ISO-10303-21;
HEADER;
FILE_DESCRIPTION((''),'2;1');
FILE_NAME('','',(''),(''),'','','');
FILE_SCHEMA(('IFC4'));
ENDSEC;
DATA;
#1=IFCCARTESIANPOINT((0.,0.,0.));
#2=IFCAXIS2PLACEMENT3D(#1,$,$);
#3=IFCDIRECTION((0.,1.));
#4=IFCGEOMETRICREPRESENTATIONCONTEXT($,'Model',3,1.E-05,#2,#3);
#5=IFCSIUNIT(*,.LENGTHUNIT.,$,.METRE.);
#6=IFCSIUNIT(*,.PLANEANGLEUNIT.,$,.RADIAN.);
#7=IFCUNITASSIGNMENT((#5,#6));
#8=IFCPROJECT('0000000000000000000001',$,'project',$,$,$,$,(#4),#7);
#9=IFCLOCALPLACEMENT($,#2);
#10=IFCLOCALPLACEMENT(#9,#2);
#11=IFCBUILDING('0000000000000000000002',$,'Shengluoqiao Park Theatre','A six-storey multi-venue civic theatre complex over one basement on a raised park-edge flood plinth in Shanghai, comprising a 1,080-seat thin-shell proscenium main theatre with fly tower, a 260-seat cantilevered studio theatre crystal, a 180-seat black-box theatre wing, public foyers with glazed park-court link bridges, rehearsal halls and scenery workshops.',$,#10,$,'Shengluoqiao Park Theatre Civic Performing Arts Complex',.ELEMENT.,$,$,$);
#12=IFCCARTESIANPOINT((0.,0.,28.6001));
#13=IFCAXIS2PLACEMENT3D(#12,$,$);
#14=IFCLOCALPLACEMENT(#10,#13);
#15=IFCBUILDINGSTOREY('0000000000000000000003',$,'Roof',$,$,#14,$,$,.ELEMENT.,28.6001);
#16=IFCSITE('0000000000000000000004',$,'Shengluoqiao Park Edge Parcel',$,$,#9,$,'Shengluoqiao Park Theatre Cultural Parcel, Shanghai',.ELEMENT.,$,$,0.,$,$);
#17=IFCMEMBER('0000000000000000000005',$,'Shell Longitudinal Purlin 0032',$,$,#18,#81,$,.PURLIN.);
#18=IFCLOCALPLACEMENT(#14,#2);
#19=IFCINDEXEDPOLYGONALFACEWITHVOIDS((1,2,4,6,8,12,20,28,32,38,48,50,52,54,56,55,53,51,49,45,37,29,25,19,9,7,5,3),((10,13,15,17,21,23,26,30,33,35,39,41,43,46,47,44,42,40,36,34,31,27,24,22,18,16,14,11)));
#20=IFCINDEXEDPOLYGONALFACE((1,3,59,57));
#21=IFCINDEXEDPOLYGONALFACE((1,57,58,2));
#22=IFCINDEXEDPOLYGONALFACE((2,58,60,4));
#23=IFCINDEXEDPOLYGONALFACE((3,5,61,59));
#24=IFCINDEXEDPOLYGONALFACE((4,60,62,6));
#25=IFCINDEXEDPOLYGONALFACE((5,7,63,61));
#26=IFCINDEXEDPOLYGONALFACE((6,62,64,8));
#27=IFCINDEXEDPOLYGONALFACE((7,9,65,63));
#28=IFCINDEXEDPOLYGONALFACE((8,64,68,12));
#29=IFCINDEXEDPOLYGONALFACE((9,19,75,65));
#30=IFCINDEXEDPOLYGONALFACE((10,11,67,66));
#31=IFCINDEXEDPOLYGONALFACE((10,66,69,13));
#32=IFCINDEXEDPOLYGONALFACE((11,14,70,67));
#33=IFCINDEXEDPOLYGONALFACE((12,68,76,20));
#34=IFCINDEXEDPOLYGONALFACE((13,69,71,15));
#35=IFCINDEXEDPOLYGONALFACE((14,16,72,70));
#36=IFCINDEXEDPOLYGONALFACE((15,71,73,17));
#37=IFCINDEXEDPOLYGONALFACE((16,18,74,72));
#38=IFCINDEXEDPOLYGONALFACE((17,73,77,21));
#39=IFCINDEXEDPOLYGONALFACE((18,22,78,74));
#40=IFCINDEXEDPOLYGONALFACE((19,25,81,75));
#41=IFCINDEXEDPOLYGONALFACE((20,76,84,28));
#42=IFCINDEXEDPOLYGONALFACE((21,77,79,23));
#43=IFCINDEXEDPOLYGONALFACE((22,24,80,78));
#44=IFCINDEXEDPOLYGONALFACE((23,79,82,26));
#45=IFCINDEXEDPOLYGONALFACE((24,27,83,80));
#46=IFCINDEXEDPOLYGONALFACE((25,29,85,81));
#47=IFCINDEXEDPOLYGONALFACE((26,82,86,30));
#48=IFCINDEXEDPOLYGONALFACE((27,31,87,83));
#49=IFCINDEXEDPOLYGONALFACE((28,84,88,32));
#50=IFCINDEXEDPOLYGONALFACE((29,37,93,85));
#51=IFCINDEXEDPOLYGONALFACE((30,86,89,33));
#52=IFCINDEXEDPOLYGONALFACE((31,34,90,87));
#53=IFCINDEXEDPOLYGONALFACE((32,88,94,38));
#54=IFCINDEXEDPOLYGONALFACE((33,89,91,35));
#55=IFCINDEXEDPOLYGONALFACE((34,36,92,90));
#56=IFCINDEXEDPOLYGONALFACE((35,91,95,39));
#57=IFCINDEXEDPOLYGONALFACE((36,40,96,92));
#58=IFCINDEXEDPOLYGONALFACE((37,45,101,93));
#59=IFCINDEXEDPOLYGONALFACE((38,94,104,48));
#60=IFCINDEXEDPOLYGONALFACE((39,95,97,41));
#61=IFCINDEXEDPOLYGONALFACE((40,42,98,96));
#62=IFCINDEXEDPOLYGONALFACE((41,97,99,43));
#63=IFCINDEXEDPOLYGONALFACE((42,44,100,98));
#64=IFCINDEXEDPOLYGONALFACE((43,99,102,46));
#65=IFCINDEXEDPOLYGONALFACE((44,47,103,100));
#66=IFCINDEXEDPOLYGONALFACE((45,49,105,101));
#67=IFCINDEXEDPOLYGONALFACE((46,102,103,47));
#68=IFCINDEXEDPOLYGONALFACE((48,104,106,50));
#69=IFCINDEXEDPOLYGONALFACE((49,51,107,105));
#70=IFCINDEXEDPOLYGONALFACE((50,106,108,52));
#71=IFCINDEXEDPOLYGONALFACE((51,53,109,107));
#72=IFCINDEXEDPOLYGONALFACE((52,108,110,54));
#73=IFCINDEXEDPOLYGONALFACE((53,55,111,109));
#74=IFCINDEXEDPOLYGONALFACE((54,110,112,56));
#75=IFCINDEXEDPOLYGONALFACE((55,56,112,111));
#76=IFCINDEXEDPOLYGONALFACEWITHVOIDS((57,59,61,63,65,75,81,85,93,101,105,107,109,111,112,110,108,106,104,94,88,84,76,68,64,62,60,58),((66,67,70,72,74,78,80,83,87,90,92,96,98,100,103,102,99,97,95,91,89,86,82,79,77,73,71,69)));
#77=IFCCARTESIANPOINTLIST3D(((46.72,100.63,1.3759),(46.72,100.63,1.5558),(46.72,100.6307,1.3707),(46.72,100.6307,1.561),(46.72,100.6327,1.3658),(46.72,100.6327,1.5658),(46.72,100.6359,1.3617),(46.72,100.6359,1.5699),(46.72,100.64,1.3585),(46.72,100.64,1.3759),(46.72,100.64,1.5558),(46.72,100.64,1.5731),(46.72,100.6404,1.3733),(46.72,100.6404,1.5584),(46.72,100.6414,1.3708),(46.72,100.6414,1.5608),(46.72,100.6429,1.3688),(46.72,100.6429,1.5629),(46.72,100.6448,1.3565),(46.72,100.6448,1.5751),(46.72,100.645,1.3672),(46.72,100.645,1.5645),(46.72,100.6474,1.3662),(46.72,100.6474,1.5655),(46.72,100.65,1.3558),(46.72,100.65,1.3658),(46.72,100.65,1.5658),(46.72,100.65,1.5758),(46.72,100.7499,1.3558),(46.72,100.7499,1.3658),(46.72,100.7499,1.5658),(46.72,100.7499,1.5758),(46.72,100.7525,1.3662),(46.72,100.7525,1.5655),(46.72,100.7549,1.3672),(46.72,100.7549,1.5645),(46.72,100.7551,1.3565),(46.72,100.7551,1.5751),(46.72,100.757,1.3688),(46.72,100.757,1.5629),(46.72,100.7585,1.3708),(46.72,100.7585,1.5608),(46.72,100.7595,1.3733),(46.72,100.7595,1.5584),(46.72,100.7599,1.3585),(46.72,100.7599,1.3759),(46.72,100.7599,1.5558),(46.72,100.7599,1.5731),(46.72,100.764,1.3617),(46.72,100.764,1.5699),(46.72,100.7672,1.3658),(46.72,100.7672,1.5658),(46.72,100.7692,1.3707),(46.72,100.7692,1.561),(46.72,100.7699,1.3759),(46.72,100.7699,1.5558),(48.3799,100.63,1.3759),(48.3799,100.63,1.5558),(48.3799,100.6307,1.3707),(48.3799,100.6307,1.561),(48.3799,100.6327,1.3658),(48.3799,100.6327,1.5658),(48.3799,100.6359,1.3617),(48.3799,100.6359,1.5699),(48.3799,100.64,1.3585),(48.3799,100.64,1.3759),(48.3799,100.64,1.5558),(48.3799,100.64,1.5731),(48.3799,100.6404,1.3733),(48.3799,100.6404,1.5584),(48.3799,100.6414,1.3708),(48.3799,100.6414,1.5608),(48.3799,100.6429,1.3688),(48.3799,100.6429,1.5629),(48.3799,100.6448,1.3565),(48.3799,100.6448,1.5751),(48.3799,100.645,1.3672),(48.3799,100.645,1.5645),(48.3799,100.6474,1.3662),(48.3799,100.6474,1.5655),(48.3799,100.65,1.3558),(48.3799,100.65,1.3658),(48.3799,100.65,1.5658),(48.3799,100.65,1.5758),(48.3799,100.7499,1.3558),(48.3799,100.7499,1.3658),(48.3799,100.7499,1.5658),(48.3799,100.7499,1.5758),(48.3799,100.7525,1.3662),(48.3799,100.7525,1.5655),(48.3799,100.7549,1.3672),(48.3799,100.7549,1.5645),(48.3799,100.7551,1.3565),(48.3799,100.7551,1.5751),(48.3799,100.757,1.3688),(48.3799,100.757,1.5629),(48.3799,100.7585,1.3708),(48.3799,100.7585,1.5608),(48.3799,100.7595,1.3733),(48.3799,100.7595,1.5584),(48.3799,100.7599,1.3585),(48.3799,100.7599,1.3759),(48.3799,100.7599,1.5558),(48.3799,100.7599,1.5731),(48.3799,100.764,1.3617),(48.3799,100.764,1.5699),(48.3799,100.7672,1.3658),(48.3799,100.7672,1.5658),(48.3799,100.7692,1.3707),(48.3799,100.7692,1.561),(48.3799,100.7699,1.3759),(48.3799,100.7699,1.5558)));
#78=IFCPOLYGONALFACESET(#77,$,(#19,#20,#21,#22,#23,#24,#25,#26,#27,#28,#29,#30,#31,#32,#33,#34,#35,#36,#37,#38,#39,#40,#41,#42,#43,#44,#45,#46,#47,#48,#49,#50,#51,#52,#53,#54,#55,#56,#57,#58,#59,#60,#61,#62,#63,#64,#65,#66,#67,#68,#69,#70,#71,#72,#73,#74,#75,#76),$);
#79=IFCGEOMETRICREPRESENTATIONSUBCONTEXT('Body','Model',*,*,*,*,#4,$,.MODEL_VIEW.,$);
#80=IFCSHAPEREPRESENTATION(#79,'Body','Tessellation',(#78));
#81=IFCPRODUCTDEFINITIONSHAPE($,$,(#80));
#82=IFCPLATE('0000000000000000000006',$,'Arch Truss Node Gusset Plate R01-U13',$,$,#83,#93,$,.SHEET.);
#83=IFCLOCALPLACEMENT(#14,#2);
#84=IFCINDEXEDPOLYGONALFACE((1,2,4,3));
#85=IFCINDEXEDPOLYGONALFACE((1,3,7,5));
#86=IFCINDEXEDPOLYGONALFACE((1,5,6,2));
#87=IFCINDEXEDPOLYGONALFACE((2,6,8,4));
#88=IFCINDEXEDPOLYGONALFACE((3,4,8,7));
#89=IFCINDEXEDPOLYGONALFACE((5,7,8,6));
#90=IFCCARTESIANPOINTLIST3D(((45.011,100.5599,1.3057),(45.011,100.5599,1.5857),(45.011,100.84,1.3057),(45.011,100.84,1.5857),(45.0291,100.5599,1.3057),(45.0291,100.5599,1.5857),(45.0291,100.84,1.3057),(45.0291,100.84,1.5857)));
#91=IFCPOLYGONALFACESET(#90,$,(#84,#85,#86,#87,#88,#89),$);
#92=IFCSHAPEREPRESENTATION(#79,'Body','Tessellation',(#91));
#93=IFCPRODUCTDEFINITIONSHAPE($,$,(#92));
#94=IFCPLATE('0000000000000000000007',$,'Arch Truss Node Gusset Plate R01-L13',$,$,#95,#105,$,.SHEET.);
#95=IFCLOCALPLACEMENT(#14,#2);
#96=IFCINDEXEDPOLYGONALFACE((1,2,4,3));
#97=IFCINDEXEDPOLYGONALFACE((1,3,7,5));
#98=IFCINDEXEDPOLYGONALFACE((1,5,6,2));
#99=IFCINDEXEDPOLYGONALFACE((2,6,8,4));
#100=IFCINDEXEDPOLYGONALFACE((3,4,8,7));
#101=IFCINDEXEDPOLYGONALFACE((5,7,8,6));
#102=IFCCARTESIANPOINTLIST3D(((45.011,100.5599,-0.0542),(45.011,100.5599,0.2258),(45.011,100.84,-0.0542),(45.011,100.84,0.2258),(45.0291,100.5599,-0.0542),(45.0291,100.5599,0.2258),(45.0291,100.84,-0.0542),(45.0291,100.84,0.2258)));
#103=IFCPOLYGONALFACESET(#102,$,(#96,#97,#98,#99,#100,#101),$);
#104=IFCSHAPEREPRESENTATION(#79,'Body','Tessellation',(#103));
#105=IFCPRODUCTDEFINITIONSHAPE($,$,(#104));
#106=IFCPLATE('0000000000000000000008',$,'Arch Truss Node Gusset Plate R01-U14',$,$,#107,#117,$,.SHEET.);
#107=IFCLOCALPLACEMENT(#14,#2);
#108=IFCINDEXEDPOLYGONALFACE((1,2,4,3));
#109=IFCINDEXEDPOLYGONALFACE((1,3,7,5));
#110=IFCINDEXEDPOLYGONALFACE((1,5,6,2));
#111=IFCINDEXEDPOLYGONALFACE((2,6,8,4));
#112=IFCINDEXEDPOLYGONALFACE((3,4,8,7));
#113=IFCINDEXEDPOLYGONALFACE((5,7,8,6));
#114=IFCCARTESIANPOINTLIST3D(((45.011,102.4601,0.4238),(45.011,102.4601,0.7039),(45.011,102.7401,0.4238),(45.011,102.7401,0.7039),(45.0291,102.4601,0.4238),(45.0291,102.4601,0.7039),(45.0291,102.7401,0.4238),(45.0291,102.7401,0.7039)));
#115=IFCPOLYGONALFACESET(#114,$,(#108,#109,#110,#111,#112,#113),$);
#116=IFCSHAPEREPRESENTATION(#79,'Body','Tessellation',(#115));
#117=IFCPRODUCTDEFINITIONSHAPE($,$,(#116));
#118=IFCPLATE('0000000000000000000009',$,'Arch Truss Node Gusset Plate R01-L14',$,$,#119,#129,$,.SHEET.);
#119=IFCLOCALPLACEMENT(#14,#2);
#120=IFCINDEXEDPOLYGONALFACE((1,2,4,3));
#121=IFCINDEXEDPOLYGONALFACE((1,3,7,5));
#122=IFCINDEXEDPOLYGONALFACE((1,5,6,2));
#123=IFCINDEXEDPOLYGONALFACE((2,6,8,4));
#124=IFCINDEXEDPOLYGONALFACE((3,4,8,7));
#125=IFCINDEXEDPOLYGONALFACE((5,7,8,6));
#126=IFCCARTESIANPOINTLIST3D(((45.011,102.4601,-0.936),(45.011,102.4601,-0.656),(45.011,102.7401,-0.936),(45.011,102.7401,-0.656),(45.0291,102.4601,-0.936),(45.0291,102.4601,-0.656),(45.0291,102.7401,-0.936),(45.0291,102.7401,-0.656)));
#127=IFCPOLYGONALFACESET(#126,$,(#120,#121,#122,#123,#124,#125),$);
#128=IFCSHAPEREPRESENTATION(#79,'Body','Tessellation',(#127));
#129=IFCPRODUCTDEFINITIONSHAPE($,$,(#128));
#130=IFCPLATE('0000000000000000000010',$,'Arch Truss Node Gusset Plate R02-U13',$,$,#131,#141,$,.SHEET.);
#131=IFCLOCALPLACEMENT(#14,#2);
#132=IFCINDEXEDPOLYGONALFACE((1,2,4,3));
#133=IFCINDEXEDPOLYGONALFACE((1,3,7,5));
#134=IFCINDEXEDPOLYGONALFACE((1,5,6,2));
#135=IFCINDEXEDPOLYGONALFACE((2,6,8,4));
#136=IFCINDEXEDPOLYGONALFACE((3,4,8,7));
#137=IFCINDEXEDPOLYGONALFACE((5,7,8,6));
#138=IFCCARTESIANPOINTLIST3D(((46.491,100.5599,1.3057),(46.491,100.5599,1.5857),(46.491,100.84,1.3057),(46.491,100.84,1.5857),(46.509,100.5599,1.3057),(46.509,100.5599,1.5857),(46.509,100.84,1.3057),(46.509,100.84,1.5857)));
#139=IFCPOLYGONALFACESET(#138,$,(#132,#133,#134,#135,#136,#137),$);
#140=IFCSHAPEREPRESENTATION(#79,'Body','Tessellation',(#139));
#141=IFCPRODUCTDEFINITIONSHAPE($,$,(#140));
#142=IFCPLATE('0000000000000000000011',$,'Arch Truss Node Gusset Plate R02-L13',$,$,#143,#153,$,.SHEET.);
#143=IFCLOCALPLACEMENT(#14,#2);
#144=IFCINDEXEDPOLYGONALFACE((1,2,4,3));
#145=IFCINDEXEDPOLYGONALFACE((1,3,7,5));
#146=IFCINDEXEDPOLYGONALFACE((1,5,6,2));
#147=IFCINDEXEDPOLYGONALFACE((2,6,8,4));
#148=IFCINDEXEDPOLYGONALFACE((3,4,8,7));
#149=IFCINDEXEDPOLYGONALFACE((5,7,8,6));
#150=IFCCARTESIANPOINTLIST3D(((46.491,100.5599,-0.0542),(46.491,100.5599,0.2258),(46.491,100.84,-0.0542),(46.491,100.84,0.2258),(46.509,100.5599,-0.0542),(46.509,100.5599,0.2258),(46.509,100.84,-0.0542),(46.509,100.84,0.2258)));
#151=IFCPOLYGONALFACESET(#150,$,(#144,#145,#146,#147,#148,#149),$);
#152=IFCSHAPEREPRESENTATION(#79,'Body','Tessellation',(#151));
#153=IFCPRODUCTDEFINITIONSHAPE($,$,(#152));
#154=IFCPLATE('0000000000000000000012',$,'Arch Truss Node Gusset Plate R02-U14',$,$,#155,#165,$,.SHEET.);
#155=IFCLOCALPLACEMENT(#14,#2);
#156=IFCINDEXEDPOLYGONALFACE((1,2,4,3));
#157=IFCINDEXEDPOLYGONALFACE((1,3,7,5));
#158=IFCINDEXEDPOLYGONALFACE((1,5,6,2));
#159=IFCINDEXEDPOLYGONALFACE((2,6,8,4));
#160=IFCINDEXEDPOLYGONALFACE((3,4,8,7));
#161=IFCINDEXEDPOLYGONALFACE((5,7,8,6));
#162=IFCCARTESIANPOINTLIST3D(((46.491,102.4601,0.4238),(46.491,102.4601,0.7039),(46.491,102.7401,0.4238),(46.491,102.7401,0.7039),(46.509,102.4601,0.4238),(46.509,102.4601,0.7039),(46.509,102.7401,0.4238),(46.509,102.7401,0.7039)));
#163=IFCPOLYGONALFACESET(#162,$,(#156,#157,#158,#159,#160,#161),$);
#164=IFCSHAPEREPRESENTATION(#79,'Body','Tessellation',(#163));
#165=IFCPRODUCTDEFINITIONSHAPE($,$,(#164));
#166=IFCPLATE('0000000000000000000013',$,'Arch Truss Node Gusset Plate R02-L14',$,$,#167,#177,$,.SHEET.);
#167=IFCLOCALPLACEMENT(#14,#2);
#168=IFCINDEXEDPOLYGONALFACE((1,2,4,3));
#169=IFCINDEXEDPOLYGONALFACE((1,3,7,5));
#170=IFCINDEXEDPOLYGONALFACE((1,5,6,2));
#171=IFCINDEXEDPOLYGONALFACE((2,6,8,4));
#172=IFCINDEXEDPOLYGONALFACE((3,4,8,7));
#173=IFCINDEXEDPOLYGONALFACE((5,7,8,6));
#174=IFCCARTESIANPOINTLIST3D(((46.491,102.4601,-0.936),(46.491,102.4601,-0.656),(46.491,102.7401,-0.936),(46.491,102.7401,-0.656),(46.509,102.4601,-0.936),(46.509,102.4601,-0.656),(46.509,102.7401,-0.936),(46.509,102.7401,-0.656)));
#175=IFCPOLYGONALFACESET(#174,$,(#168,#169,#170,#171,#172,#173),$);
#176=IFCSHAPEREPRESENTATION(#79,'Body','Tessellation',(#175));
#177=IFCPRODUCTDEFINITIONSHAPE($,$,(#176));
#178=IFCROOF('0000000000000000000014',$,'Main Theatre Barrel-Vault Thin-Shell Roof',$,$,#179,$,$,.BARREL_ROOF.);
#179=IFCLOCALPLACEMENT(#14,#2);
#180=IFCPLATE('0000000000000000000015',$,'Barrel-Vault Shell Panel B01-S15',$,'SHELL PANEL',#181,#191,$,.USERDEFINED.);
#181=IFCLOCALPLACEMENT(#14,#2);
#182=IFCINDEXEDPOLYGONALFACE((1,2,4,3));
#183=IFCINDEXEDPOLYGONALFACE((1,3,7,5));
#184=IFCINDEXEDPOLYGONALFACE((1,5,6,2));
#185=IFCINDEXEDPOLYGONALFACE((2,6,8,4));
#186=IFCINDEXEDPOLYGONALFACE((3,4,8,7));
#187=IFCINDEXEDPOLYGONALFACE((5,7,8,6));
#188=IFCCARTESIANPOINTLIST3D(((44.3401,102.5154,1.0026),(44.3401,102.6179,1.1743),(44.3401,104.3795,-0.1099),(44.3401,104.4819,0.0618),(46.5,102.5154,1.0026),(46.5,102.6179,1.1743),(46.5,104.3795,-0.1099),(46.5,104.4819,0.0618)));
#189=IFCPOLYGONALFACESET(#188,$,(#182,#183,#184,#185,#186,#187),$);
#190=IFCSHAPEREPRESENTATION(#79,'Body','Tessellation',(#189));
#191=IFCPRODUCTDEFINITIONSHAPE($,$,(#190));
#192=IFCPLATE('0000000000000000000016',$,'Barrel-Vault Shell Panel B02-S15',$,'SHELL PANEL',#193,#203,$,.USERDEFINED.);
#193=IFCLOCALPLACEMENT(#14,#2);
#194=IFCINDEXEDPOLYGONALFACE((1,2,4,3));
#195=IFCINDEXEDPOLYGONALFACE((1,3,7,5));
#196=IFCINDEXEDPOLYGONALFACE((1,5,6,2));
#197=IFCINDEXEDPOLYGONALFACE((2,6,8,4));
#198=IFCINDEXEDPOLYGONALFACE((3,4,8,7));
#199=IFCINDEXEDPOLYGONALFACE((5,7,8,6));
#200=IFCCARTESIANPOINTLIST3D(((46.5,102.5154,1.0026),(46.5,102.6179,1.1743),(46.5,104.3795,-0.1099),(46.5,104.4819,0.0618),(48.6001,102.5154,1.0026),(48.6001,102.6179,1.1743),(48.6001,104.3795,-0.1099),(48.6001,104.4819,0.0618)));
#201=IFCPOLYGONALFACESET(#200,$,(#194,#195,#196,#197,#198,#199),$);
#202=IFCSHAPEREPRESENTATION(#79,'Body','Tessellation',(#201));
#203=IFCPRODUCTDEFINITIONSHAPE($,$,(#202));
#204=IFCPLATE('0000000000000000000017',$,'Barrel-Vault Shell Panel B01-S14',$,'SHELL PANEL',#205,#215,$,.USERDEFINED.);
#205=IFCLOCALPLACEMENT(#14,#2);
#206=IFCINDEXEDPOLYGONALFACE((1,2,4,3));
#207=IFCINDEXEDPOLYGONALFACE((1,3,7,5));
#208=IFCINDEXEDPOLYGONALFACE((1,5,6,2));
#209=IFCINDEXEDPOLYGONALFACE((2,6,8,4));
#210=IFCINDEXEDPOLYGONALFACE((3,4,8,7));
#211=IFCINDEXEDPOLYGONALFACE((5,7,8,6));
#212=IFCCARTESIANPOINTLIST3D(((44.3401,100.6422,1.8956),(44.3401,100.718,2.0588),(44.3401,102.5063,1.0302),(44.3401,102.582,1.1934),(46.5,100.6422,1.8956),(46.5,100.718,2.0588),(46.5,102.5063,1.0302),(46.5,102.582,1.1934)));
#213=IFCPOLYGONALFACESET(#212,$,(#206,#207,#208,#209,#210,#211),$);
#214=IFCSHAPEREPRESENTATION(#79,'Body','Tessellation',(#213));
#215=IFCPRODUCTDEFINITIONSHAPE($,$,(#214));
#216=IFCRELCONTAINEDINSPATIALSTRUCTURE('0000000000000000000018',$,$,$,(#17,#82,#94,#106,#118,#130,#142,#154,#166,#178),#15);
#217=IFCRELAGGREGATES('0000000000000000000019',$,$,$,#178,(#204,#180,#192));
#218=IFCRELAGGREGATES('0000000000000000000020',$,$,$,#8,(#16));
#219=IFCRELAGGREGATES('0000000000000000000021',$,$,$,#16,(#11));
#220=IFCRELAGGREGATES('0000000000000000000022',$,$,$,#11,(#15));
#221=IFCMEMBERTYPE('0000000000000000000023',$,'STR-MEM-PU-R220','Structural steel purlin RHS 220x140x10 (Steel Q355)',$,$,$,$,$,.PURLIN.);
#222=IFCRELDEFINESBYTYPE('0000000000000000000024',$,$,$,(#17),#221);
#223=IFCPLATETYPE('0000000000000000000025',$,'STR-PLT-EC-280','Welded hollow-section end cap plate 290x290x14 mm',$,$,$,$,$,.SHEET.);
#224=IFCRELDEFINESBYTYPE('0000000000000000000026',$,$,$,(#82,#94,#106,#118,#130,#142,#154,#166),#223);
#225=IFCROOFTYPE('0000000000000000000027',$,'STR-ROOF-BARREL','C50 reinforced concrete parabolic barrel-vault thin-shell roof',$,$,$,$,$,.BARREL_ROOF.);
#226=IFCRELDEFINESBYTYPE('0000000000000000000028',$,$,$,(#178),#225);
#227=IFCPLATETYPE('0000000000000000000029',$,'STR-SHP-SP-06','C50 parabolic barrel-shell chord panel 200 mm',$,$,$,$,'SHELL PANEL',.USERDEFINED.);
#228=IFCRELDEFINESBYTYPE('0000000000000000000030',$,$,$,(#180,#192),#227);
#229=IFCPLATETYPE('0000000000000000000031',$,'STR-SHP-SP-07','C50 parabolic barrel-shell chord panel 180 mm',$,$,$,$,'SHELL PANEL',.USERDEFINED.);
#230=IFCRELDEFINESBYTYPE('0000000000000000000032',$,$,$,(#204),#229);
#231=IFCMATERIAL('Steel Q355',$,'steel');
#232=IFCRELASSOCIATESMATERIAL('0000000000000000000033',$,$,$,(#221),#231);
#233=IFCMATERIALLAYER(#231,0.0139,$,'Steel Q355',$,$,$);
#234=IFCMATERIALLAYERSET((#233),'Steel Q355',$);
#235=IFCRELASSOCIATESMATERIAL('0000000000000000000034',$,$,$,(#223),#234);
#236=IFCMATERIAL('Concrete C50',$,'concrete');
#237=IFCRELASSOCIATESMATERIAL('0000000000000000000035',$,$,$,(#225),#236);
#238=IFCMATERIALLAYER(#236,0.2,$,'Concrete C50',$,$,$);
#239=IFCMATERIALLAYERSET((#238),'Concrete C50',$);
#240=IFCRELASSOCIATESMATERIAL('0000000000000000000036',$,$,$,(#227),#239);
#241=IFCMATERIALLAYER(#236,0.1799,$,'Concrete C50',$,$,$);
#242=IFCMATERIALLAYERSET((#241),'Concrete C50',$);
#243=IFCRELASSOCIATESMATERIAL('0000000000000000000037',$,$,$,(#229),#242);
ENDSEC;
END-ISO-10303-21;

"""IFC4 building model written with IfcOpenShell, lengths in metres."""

from ifc_helpers import new_model, si_unit, direction, frame, origin, origin_2d, place, context, subcontext, project, spatial, polyline, rectangle, hollow_rectangle, outline, extrude, material, layer, layer_set, material_profile, profile_set, type_object, element, aggregate, save


model = new_model("IFC4")

# Units and contexts
model_context = context("Model", 3, precision=1e-05, world=origin(), true_north=direction((0.0, 1.0)))
body_context = subcontext(model_context, "Body", "Model", "MODEL_VIEW")
ifc_project = project(units=[si_unit("LENGTHUNIT", "METRE"), si_unit("PLANEANGLEUNIT", "RADIAN")], contexts=[model_context])

# Site, building, storey
site_placement = place(None, origin())
site = spatial("IfcSite", under=ifc_project, at=site_placement, Name="Shengluoqiao Park Edge Parcel", LongName="Shengluoqiao Park Theatre Cultural Parcel, Shanghai", CompositionType="ELEMENT", RefElevation=0.0)
building_placement = place(site_placement, origin())
building = spatial("IfcBuilding", under=site, at=building_placement, Name="Shengluoqiao Park Theatre", Description="A six-storey multi-venue civic theatre complex over one basement on a raised park-edge flood plinth in Shanghai, comprising a 1,080-seat thin-shell proscenium main theatre with fly tower, a 260-seat cantilevered studio theatre crystal, a 180-seat black-box theatre wing, public foyers with glazed park-court link bridges, rehearsal halls and scenery workshops.", LongName="Shengluoqiao Park Theatre Civic Performing Arts Complex", CompositionType="ELEMENT")
storey_placement = place(building_placement, frame((0.0, 0.0, 28.6001)))
storey = spatial("IfcBuildingStorey", under=building, at=storey_placement, Name="Roof", CompositionType="ELEMENT", Elevation=28.6001)

# Shared definitions
ifc_material_1 = material(Name="Concrete C50", Category="concrete")
ifc_material_2 = material(Name="Steel Q355", Category="steel")

# Member
ifc_material_profile_1 = material_profile(ifc_material_2, hollow_rectangle(XDim=0.1399, YDim=0.22, WallThickness=0.01, InnerFilletRadius=0.01, OuterFilletRadius=0.02, at=origin_2d()), Name="RHS 220x140x10")
ifc_profile_set_1 = profile_set([ifc_material_profile_1], Name="Steel Q355")
member_type_1 = type_object("IfcMemberType", Name="STR-MEM-PU-R220", Description="Structural steel purlin RHS 220x140x10 (Steel Q355)", PredefinedType="PURLIN", material=ifc_profile_set_1)
member_1_placement = place(storey_placement, frame((46.72, 100.7, 1.4658), z_axis=(1.0, 0.0, 0.0), x_axis=(0.0, 1.0, 0.0)))
element("IfcMember", 1, at=member_1_placement, inside=storey, type_object=member_type_1, Name="Shell Longitudinal Purlin 0032", PredefinedType="PURLIN", context=body_context, shape_type="SweptSolid", body=[
    extrude(hollow_rectangle(XDim=0.1399, YDim=0.22, WallThickness=0.01, InnerFilletRadius=0.01, OuterFilletRadius=0.02, at=origin_2d()), origin(), (0.0, 0.0, 1.0), 1.6599),
])

# Plates
ifc_layer_1 = layer(ifc_material_2, 0.0139, Name="Steel Q355")
ifc_layer_set_1 = layer_set([ifc_layer_1], Name="Steel Q355")
plate_type_1 = type_object("IfcPlateType", Name="STR-PLT-EC-280", Description="Welded hollow-section end cap plate 290x290x14 mm", PredefinedType="SHEET", material=ifc_layer_set_1)
for number, where, z_axis, x_axis, name in (
    (2, (45.02, 100.7, 1.3057), (0.0, 0.0, 1.0), (1.0, 0.0, 0.0), "Arch Truss Node Gusset Plate R01-U13"),
    (3, (45.02, 100.7, -0.0542), (0.0, 0.0, 1.0), (1.0, 0.0, 0.0), "Arch Truss Node Gusset Plate R01-L13"),
    (4, (45.02, 102.6001, 0.4238), (0.0, 0.0, 1.0), (1.0, 0.0, 0.0), "Arch Truss Node Gusset Plate R01-U14"),
    (5, (45.02, 102.6001, -0.936), (0.0, 0.0, 1.0), (1.0, 0.0, 0.0), "Arch Truss Node Gusset Plate R01-L14"),
    (6, (46.5, 100.7, 1.3057), (0.0, 0.0, 1.0), (1.0, 0.0, 0.0), "Arch Truss Node Gusset Plate R02-U13"),
    (7, (46.5, 100.7, -0.0542), (0.0, 0.0, 1.0), (1.0, 0.0, 0.0), "Arch Truss Node Gusset Plate R02-L13"),
    (8, (46.5, 102.6001, 0.4238), (0.0, 0.0, 1.0), (1.0, 0.0, 0.0), "Arch Truss Node Gusset Plate R02-U14"),
    (9, (46.5, 102.6001, -0.936), (0.0, 0.0, 1.0), (1.0, 0.0, 0.0), "Arch Truss Node Gusset Plate R02-L14"),
):
    element("IfcPlate", number, at=place(storey_placement, frame(where, z_axis=z_axis, x_axis=x_axis)), inside=storey, type_object=plate_type_1, Name=name, PredefinedType="SHEET", context=body_context, shape_type="SweptSolid", body=[
        extrude(rectangle(XDim=0.0181, YDim=0.28, at=origin_2d()), origin(), (0.0, 0.0, 1.0), 0.28),
    ])

# Roof, plates
roof_type = type_object("IfcRoofType", Name="STR-ROOF-BARREL", Description="C50 reinforced concrete parabolic barrel-vault thin-shell roof", PredefinedType="BARREL_ROOF", material=ifc_material_1)
roof_placement = place(storey_placement, origin())
roof = element("IfcRoof", 10, at=roof_placement, inside=storey, type_object=roof_type, Name="Main Theatre Barrel-Vault Thin-Shell Roof", PredefinedType="BARREL_ROOF")
ifc_layer_2 = layer(ifc_material_1, 0.2, Name="Concrete C50")
ifc_layer_set_2 = layer_set([ifc_layer_2], Name="Concrete C50")
plate_type_2 = type_object("IfcPlateType", Name="STR-SHP-SP-06", Description="C50 parabolic barrel-shell chord panel 200 mm", ElementType="SHELL PANEL", PredefinedType="USERDEFINED", material=ifc_layer_set_2)
plate_1_placement = place(storey_placement, frame((44.3401, 102.6179, 1.1743), z_axis=(0.0, 0.51251, 0.858681), x_axis=(1.0, 0.0, 0.0)))
plate_1 = element("IfcPlate", 11, at=plate_1_placement, type_object=plate_type_2, Name="Barrel-Vault Shell Panel B01-S15", ObjectType="SHELL PANEL", PredefinedType="USERDEFINED", context=body_context, shape_type="SweptSolid", body=[
    extrude(outline(polyline([(0.0, 0.0), (2.1599, 0.0), (2.1599, 2.1708), (0.0, 2.1708), (0.0, 0.0)])), origin(), (0.0, 0.0, -1.0), 0.2),
])
plate_2_placement = place(storey_placement, frame((46.5, 102.6179, 1.1743), z_axis=(0.0, 0.51251, 0.858681), x_axis=(1.0, 0.0, 0.0)))
plate_2 = element("IfcPlate", 12, at=plate_2_placement, type_object=plate_type_2, Name="Barrel-Vault Shell Panel B02-S15", ObjectType="SHELL PANEL", PredefinedType="USERDEFINED", context=body_context, shape_type="SweptSolid", body=[
    extrude(outline(polyline([(0.0, 0.0), (2.1001, 0.0), (2.1001, 2.1708), (0.0, 2.1708), (0.0, 0.0)])), origin(), (0.0, 0.0, -1.0), 0.2),
])
ifc_layer_3 = layer(ifc_material_1, 0.1799, Name="Concrete C50")
ifc_layer_set_3 = layer_set([ifc_layer_3], Name="Concrete C50")
plate_type_3 = type_object("IfcPlateType", Name="STR-SHP-SP-07", Description="C50 parabolic barrel-shell chord panel 180 mm", ElementType="SHELL PANEL", PredefinedType="USERDEFINED", material=ifc_layer_set_3)
plate_3_placement = place(storey_placement, frame((44.3401, 100.718, 2.0588), z_axis=(0.0, 0.421129, 0.907001), x_axis=(1.0, 0.0, 0.0)))
plate_3 = element("IfcPlate", 13, at=plate_3_placement, type_object=plate_type_3, Name="Barrel-Vault Shell Panel B01-S14", ObjectType="SHELL PANEL", PredefinedType="USERDEFINED", context=body_context, shape_type="SweptSolid", body=[
    extrude(outline(polyline([(0.0, 0.0), (2.1599, 0.0), (2.1599, 2.0551), (0.0, 2.0551), (0.0, 0.0)])), origin(), (0.0, 0.0, -1.0), 0.1799),
])
aggregate(roof, [plate_3, plate_1, plate_2])

save(model, "model.ifc")
